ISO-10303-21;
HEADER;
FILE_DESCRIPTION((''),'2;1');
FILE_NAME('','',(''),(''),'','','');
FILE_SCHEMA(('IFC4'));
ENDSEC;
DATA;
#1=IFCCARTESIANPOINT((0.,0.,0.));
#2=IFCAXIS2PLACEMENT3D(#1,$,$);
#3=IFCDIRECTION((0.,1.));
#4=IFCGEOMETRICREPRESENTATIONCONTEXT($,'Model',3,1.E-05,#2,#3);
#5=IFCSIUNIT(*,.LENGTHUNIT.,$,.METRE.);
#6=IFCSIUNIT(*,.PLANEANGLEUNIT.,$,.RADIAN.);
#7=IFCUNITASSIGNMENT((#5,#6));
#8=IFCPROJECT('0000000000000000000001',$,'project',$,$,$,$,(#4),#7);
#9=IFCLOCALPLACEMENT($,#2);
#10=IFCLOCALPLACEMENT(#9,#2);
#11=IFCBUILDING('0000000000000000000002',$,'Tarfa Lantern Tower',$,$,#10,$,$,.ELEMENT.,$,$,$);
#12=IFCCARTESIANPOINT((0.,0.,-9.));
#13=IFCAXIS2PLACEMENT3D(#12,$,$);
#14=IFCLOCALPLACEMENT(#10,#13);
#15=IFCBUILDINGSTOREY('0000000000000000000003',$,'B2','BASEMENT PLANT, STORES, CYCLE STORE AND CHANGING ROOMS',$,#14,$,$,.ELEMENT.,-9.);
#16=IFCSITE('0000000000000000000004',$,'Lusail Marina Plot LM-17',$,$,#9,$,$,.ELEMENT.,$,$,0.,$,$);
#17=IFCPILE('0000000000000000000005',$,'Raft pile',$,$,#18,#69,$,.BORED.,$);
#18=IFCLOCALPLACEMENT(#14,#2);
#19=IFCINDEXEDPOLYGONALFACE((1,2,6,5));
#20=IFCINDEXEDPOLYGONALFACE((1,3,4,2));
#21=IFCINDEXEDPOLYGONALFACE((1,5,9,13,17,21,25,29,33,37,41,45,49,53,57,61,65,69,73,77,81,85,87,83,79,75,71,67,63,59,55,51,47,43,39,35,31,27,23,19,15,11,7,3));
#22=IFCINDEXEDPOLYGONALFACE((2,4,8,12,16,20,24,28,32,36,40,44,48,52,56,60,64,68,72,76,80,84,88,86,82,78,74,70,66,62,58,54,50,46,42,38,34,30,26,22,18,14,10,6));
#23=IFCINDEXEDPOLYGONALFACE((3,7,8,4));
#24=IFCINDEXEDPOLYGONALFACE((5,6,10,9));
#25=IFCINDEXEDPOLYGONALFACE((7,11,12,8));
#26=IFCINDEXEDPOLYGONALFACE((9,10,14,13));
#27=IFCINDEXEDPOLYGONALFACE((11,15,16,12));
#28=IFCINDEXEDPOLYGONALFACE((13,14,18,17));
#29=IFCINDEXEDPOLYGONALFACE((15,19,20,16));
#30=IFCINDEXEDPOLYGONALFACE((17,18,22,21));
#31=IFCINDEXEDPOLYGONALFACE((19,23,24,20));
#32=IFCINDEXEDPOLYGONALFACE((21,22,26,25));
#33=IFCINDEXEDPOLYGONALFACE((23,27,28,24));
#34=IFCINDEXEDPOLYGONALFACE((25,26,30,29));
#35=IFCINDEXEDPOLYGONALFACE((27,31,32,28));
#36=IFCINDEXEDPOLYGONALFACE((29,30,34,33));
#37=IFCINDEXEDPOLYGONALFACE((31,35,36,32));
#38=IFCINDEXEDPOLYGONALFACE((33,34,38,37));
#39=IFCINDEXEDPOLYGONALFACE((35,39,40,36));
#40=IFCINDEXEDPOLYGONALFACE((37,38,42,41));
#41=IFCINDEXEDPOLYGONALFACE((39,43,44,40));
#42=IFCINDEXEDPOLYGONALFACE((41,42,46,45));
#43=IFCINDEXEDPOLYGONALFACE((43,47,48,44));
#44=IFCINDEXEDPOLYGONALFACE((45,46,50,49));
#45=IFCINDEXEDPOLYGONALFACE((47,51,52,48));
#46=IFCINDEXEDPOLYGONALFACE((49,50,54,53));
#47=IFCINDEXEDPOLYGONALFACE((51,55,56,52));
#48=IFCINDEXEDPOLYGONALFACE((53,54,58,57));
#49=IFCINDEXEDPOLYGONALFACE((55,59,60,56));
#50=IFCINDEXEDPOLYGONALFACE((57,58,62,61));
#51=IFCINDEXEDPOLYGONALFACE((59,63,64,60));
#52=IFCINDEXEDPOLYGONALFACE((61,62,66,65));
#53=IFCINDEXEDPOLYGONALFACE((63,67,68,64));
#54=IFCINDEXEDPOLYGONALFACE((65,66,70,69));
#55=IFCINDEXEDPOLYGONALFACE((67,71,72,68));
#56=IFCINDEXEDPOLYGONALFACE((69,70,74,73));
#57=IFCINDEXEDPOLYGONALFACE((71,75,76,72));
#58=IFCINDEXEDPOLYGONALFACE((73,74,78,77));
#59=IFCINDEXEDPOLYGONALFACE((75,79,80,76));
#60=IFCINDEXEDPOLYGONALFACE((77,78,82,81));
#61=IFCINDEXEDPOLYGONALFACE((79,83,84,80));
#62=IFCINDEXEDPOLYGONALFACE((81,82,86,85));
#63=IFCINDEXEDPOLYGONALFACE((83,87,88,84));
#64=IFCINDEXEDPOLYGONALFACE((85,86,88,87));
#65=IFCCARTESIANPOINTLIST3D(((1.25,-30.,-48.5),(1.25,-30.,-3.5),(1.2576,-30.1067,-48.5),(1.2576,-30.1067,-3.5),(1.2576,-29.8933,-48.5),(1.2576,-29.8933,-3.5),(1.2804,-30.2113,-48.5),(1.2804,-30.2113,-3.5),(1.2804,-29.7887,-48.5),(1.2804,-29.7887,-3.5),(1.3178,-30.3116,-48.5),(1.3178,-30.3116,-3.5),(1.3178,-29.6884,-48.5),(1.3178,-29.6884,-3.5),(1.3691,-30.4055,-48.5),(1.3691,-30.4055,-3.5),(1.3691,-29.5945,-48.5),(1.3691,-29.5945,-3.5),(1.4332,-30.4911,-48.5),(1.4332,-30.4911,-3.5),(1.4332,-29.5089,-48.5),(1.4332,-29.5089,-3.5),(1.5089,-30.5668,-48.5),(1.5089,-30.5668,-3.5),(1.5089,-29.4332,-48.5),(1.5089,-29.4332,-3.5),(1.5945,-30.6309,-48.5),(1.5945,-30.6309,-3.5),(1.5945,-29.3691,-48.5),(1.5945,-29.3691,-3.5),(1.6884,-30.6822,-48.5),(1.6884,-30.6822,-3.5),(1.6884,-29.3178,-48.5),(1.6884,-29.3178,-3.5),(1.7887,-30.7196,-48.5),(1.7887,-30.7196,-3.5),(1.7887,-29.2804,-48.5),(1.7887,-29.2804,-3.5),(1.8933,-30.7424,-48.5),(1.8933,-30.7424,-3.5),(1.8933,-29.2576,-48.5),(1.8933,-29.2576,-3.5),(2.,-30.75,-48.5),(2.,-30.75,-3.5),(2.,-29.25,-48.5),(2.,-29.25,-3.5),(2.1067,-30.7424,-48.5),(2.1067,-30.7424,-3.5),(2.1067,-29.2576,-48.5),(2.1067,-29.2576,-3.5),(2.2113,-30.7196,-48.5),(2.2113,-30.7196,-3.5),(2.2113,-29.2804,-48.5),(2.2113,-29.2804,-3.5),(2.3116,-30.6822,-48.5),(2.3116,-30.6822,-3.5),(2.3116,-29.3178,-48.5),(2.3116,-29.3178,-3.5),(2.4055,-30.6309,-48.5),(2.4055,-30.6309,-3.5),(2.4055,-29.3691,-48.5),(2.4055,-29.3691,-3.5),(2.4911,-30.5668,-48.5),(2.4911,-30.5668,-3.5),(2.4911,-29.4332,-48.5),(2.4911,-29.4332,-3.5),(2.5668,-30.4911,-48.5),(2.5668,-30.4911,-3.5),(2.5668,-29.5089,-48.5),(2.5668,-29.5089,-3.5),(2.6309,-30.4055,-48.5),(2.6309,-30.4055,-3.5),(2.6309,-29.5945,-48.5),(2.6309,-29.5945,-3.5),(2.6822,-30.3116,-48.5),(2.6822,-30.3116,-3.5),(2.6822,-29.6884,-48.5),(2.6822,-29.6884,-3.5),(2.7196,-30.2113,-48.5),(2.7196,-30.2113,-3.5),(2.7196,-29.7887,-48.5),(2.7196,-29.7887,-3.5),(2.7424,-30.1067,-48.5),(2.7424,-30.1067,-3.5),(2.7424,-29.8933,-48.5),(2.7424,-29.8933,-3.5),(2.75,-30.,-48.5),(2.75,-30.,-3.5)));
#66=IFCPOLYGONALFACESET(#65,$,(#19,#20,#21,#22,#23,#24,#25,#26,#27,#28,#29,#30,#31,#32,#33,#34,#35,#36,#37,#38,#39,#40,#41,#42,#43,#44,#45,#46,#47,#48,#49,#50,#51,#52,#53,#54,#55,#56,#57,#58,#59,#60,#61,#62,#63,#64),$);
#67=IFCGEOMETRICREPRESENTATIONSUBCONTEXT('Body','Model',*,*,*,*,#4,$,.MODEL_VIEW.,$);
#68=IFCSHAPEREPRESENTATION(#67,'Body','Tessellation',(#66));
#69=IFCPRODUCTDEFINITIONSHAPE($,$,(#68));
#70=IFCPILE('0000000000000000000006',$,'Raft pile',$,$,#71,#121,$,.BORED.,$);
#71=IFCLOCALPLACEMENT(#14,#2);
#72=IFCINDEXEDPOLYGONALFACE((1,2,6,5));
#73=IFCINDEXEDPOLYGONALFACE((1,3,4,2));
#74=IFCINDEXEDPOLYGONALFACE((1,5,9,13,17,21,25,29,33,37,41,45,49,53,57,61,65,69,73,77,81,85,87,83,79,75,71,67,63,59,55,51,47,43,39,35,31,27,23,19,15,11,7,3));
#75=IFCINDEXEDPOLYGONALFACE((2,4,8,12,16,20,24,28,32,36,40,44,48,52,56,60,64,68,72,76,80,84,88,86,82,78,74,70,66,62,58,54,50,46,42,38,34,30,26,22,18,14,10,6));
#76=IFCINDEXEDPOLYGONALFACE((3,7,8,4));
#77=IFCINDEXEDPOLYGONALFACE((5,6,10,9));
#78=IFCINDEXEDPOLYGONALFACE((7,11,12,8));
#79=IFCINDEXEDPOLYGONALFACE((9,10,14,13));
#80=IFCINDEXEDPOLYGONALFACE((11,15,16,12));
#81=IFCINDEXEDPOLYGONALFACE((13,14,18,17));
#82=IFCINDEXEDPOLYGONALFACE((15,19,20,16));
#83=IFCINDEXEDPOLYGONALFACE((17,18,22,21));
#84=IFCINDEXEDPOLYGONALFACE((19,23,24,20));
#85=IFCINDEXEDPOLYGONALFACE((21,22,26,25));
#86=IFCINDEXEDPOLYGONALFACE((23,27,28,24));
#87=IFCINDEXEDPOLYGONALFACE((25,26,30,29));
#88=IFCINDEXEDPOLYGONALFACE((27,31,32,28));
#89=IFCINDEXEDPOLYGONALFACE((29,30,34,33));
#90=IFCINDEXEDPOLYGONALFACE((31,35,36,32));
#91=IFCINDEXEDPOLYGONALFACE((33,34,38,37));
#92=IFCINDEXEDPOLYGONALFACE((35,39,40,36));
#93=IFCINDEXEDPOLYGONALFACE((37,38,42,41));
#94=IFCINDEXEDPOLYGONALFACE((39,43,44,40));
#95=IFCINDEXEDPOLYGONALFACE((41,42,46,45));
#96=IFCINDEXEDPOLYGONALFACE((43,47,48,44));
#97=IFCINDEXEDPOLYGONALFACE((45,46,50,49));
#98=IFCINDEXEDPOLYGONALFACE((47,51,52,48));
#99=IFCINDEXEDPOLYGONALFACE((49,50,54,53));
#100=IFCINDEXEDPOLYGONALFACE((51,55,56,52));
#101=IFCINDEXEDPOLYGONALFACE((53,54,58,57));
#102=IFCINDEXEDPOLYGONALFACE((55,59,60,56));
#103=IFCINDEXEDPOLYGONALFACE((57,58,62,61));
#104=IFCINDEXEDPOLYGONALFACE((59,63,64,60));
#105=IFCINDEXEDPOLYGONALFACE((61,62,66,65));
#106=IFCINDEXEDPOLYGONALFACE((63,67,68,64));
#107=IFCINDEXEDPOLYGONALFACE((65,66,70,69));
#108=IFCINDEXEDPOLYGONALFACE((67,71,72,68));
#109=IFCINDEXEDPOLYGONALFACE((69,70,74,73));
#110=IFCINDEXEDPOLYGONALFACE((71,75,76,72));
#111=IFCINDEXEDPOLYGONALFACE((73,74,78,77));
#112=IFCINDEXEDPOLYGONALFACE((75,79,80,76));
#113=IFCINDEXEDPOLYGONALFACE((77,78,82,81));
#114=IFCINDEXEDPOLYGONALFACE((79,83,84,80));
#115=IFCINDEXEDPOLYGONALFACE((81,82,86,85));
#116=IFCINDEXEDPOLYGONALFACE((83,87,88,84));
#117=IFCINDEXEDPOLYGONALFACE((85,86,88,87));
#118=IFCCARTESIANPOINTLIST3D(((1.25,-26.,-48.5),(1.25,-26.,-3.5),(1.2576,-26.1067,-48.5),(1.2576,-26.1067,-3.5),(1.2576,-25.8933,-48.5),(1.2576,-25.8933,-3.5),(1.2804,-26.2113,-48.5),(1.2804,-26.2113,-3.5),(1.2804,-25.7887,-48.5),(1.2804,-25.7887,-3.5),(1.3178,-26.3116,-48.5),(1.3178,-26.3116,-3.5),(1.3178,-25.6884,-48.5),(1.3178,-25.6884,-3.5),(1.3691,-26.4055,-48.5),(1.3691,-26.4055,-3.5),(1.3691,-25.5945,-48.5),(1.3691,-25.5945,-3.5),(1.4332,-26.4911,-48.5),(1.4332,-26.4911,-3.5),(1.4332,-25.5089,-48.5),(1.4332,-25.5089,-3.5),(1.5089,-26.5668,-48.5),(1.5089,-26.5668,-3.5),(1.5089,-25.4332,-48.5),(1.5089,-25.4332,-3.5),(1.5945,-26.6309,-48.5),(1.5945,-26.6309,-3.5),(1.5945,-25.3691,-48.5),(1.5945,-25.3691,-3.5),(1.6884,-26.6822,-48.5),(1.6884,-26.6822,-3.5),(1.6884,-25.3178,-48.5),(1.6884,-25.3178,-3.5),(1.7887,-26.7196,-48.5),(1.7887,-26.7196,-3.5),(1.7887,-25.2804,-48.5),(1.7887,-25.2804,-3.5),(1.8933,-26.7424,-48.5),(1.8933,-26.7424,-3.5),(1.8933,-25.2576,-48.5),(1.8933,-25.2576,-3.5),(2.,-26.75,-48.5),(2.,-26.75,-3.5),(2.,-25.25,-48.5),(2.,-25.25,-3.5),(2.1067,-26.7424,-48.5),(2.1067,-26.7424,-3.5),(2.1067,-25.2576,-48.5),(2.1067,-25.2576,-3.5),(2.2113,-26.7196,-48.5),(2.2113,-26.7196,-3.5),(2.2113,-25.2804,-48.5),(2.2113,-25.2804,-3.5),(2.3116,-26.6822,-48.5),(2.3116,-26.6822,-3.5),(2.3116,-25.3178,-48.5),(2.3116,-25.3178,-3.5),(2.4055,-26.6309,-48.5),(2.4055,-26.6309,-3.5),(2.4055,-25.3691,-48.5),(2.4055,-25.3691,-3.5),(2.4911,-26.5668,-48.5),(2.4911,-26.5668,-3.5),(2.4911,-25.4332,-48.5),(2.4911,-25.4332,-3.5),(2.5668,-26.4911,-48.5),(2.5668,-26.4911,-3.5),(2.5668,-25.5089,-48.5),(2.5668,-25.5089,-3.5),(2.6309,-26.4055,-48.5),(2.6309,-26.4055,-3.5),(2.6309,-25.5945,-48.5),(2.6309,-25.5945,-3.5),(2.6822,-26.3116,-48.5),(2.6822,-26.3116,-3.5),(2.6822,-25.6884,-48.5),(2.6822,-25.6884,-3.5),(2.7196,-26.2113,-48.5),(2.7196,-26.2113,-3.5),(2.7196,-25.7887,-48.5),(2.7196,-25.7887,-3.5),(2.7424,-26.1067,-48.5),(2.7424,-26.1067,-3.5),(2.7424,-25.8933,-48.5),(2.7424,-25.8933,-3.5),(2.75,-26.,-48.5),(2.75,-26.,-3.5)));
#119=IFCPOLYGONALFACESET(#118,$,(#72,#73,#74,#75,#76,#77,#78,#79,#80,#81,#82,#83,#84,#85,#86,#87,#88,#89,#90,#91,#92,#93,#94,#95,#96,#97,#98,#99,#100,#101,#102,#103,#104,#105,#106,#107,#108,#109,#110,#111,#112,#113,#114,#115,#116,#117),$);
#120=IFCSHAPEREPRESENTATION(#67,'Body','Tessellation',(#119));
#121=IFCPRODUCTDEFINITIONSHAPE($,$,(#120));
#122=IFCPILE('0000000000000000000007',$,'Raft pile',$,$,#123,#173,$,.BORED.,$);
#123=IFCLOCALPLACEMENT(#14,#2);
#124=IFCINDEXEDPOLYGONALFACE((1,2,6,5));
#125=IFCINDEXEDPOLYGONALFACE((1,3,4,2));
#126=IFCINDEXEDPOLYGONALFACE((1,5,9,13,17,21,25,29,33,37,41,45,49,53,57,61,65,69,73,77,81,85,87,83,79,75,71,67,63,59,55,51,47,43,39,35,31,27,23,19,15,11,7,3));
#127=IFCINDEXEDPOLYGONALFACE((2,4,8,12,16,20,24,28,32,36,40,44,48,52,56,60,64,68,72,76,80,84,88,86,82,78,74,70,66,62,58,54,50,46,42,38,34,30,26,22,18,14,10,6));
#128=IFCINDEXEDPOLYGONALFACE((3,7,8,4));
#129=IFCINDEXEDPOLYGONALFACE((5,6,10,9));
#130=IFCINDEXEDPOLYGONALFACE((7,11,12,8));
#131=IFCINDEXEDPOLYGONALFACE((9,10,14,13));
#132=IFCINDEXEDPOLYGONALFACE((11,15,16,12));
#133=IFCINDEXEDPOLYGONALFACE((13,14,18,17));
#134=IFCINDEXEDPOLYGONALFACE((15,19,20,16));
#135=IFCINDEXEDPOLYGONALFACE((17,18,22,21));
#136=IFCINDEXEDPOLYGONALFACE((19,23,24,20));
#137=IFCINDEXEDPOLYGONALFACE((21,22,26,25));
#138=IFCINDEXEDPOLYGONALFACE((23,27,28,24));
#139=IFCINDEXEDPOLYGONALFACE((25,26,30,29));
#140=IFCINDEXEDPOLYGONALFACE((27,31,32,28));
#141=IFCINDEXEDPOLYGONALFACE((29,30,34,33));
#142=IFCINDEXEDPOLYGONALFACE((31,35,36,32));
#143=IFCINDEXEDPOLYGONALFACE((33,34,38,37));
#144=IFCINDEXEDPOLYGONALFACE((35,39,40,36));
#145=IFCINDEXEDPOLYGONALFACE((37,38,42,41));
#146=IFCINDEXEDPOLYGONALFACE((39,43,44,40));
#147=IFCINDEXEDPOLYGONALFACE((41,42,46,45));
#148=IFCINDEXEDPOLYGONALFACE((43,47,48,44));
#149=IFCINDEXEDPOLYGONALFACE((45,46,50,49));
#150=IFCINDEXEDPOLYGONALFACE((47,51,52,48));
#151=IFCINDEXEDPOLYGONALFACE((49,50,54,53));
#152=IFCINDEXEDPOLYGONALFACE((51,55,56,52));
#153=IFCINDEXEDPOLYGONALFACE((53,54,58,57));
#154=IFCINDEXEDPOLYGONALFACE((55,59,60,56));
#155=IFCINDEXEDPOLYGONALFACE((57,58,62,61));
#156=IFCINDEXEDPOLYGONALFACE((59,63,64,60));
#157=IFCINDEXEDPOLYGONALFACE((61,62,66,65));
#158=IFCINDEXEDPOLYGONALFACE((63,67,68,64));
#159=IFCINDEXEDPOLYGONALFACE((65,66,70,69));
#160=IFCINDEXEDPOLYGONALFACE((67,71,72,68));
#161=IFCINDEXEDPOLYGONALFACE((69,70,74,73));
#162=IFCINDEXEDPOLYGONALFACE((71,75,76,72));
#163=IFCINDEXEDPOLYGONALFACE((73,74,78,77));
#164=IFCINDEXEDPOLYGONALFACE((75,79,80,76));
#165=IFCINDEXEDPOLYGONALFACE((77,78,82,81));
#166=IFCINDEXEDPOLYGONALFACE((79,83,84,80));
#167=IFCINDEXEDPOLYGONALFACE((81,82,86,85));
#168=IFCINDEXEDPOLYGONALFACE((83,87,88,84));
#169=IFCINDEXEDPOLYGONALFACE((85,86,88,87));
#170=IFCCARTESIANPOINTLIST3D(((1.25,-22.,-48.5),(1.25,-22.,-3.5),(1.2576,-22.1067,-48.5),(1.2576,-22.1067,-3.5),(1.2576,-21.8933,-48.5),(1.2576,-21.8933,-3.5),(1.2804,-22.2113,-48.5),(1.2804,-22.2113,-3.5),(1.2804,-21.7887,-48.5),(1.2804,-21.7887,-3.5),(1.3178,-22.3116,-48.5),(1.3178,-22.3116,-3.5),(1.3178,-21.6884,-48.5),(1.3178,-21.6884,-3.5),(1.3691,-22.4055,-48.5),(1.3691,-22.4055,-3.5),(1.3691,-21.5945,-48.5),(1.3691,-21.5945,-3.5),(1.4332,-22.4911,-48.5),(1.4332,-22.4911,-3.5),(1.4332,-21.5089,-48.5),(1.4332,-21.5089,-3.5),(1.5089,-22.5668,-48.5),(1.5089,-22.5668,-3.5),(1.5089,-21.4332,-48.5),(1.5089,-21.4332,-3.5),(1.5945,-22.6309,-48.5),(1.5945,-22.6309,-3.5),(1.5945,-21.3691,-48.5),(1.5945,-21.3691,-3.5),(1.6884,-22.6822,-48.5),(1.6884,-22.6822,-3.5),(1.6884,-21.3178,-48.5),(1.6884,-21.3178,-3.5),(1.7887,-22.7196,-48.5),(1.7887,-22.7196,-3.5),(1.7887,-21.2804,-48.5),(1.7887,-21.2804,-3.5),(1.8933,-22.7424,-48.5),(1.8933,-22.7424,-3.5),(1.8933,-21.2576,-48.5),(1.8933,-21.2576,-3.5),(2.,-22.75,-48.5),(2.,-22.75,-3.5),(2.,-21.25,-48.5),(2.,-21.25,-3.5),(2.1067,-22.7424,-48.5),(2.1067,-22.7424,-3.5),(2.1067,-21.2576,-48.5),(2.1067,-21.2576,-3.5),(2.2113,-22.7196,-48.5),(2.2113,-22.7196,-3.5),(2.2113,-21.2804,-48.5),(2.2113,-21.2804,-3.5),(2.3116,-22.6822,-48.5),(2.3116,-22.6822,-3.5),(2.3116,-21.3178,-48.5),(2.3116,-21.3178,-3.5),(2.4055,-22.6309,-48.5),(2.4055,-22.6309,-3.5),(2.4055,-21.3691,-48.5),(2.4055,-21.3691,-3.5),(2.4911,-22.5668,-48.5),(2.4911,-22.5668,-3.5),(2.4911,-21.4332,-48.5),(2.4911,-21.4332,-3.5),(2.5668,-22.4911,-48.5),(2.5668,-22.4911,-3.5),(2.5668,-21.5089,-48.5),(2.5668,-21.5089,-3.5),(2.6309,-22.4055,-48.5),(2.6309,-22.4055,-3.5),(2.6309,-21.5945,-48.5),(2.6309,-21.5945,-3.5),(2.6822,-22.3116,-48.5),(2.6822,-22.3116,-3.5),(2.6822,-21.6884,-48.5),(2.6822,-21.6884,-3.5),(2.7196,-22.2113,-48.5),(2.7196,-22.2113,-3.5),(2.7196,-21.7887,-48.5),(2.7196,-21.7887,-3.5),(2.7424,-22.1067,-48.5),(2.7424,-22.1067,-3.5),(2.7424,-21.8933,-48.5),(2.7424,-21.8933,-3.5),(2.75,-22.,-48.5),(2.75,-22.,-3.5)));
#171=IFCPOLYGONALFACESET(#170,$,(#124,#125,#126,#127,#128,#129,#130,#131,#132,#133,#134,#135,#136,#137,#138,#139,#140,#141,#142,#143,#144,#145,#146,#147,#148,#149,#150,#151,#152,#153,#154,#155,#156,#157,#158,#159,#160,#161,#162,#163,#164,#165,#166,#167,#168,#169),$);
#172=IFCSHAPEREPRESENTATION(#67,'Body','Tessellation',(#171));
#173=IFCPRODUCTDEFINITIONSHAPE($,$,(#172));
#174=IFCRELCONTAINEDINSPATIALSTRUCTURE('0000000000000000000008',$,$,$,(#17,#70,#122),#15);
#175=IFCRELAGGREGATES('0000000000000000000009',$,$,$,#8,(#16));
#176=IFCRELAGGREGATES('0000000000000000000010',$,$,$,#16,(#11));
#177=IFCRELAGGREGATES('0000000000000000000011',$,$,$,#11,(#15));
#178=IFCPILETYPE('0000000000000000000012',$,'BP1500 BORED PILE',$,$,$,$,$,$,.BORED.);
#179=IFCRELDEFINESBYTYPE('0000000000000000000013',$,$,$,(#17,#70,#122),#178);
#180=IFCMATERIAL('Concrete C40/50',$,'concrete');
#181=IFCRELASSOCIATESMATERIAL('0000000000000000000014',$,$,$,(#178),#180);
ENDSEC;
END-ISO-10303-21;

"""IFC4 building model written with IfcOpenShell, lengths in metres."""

from ifc_helpers import new_model, si_unit, direction, frame, origin, origin_2d, place, context, subcontext, project, spatial, circle, extrude, material, material_profile, profile_set, type_object, element, save


model = new_model("IFC4")

# Units and contexts
model_context = context("Model", 3, precision=1e-05, world=origin(), true_north=direction((0.0, 1.0)))
body_context = subcontext(model_context, "Body", "Model", "MODEL_VIEW")
ifc_project = project(units=[si_unit("LENGTHUNIT", "METRE"), si_unit("PLANEANGLEUNIT", "RADIAN")], contexts=[model_context])

# Site, building, storey
site_placement = place(None, origin())
site = spatial("IfcSite", under=ifc_project, at=site_placement, Name="Lusail Marina Plot LM-17", CompositionType="ELEMENT", RefElevation=0.0)
building_placement = place(site_placement, origin())
building = spatial("IfcBuilding", under=site, at=building_placement, Name="Tarfa Lantern Tower", CompositionType="ELEMENT")
storey_placement = place(building_placement, frame((0.0, 0.0, -9.0)))
storey = spatial("IfcBuildingStorey", under=building, at=storey_placement, Name="B2", Description="BASEMENT PLANT, STORES, CYCLE STORE AND CHANGING ROOMS", CompositionType="ELEMENT", Elevation=-9.0)

# Piles
ifc_material_1 = material(Name="Concrete C40/50", Category="concrete")
ifc_material_profile_1 = material_profile(ifc_material_1, circle(Radius=0.75, at=origin_2d()), Name="BORED PILE D1500")
ifc_profile_set_1 = profile_set([ifc_material_profile_1], Name="Concrete C40/50")
pile_type = type_object("IfcPileType", Name="BP1500 BORED PILE", PredefinedType="BORED", material=ifc_profile_set_1)
for number, where, z_axis, x_axis, name in (
    (1, (2.0, -30.0, -3.5), (0.0, 0.0, -1.0), (1.0, 0.0, 0.0), "Raft pile"),
    (2, (2.0, -26.0, -3.5), (0.0, 0.0, -1.0), (1.0, 0.0, 0.0), "Raft pile"),
    (3, (2.0, -22.0, -3.5), (0.0, 0.0, -1.0), (1.0, 0.0, 0.0), "Raft pile"),
):
    element("IfcPile", number, at=place(storey_placement, frame(where, z_axis=z_axis, x_axis=x_axis)), inside=storey, type_object=pile_type, Name=name, PredefinedType="BORED", context=body_context, shape_type="SweptSolid", body=[
        extrude(circle(Radius=0.75, at=origin_2d()), origin(), (0.0, 0.0, 1.0), 45.0),
    ])

save(model, "model.ifc")
